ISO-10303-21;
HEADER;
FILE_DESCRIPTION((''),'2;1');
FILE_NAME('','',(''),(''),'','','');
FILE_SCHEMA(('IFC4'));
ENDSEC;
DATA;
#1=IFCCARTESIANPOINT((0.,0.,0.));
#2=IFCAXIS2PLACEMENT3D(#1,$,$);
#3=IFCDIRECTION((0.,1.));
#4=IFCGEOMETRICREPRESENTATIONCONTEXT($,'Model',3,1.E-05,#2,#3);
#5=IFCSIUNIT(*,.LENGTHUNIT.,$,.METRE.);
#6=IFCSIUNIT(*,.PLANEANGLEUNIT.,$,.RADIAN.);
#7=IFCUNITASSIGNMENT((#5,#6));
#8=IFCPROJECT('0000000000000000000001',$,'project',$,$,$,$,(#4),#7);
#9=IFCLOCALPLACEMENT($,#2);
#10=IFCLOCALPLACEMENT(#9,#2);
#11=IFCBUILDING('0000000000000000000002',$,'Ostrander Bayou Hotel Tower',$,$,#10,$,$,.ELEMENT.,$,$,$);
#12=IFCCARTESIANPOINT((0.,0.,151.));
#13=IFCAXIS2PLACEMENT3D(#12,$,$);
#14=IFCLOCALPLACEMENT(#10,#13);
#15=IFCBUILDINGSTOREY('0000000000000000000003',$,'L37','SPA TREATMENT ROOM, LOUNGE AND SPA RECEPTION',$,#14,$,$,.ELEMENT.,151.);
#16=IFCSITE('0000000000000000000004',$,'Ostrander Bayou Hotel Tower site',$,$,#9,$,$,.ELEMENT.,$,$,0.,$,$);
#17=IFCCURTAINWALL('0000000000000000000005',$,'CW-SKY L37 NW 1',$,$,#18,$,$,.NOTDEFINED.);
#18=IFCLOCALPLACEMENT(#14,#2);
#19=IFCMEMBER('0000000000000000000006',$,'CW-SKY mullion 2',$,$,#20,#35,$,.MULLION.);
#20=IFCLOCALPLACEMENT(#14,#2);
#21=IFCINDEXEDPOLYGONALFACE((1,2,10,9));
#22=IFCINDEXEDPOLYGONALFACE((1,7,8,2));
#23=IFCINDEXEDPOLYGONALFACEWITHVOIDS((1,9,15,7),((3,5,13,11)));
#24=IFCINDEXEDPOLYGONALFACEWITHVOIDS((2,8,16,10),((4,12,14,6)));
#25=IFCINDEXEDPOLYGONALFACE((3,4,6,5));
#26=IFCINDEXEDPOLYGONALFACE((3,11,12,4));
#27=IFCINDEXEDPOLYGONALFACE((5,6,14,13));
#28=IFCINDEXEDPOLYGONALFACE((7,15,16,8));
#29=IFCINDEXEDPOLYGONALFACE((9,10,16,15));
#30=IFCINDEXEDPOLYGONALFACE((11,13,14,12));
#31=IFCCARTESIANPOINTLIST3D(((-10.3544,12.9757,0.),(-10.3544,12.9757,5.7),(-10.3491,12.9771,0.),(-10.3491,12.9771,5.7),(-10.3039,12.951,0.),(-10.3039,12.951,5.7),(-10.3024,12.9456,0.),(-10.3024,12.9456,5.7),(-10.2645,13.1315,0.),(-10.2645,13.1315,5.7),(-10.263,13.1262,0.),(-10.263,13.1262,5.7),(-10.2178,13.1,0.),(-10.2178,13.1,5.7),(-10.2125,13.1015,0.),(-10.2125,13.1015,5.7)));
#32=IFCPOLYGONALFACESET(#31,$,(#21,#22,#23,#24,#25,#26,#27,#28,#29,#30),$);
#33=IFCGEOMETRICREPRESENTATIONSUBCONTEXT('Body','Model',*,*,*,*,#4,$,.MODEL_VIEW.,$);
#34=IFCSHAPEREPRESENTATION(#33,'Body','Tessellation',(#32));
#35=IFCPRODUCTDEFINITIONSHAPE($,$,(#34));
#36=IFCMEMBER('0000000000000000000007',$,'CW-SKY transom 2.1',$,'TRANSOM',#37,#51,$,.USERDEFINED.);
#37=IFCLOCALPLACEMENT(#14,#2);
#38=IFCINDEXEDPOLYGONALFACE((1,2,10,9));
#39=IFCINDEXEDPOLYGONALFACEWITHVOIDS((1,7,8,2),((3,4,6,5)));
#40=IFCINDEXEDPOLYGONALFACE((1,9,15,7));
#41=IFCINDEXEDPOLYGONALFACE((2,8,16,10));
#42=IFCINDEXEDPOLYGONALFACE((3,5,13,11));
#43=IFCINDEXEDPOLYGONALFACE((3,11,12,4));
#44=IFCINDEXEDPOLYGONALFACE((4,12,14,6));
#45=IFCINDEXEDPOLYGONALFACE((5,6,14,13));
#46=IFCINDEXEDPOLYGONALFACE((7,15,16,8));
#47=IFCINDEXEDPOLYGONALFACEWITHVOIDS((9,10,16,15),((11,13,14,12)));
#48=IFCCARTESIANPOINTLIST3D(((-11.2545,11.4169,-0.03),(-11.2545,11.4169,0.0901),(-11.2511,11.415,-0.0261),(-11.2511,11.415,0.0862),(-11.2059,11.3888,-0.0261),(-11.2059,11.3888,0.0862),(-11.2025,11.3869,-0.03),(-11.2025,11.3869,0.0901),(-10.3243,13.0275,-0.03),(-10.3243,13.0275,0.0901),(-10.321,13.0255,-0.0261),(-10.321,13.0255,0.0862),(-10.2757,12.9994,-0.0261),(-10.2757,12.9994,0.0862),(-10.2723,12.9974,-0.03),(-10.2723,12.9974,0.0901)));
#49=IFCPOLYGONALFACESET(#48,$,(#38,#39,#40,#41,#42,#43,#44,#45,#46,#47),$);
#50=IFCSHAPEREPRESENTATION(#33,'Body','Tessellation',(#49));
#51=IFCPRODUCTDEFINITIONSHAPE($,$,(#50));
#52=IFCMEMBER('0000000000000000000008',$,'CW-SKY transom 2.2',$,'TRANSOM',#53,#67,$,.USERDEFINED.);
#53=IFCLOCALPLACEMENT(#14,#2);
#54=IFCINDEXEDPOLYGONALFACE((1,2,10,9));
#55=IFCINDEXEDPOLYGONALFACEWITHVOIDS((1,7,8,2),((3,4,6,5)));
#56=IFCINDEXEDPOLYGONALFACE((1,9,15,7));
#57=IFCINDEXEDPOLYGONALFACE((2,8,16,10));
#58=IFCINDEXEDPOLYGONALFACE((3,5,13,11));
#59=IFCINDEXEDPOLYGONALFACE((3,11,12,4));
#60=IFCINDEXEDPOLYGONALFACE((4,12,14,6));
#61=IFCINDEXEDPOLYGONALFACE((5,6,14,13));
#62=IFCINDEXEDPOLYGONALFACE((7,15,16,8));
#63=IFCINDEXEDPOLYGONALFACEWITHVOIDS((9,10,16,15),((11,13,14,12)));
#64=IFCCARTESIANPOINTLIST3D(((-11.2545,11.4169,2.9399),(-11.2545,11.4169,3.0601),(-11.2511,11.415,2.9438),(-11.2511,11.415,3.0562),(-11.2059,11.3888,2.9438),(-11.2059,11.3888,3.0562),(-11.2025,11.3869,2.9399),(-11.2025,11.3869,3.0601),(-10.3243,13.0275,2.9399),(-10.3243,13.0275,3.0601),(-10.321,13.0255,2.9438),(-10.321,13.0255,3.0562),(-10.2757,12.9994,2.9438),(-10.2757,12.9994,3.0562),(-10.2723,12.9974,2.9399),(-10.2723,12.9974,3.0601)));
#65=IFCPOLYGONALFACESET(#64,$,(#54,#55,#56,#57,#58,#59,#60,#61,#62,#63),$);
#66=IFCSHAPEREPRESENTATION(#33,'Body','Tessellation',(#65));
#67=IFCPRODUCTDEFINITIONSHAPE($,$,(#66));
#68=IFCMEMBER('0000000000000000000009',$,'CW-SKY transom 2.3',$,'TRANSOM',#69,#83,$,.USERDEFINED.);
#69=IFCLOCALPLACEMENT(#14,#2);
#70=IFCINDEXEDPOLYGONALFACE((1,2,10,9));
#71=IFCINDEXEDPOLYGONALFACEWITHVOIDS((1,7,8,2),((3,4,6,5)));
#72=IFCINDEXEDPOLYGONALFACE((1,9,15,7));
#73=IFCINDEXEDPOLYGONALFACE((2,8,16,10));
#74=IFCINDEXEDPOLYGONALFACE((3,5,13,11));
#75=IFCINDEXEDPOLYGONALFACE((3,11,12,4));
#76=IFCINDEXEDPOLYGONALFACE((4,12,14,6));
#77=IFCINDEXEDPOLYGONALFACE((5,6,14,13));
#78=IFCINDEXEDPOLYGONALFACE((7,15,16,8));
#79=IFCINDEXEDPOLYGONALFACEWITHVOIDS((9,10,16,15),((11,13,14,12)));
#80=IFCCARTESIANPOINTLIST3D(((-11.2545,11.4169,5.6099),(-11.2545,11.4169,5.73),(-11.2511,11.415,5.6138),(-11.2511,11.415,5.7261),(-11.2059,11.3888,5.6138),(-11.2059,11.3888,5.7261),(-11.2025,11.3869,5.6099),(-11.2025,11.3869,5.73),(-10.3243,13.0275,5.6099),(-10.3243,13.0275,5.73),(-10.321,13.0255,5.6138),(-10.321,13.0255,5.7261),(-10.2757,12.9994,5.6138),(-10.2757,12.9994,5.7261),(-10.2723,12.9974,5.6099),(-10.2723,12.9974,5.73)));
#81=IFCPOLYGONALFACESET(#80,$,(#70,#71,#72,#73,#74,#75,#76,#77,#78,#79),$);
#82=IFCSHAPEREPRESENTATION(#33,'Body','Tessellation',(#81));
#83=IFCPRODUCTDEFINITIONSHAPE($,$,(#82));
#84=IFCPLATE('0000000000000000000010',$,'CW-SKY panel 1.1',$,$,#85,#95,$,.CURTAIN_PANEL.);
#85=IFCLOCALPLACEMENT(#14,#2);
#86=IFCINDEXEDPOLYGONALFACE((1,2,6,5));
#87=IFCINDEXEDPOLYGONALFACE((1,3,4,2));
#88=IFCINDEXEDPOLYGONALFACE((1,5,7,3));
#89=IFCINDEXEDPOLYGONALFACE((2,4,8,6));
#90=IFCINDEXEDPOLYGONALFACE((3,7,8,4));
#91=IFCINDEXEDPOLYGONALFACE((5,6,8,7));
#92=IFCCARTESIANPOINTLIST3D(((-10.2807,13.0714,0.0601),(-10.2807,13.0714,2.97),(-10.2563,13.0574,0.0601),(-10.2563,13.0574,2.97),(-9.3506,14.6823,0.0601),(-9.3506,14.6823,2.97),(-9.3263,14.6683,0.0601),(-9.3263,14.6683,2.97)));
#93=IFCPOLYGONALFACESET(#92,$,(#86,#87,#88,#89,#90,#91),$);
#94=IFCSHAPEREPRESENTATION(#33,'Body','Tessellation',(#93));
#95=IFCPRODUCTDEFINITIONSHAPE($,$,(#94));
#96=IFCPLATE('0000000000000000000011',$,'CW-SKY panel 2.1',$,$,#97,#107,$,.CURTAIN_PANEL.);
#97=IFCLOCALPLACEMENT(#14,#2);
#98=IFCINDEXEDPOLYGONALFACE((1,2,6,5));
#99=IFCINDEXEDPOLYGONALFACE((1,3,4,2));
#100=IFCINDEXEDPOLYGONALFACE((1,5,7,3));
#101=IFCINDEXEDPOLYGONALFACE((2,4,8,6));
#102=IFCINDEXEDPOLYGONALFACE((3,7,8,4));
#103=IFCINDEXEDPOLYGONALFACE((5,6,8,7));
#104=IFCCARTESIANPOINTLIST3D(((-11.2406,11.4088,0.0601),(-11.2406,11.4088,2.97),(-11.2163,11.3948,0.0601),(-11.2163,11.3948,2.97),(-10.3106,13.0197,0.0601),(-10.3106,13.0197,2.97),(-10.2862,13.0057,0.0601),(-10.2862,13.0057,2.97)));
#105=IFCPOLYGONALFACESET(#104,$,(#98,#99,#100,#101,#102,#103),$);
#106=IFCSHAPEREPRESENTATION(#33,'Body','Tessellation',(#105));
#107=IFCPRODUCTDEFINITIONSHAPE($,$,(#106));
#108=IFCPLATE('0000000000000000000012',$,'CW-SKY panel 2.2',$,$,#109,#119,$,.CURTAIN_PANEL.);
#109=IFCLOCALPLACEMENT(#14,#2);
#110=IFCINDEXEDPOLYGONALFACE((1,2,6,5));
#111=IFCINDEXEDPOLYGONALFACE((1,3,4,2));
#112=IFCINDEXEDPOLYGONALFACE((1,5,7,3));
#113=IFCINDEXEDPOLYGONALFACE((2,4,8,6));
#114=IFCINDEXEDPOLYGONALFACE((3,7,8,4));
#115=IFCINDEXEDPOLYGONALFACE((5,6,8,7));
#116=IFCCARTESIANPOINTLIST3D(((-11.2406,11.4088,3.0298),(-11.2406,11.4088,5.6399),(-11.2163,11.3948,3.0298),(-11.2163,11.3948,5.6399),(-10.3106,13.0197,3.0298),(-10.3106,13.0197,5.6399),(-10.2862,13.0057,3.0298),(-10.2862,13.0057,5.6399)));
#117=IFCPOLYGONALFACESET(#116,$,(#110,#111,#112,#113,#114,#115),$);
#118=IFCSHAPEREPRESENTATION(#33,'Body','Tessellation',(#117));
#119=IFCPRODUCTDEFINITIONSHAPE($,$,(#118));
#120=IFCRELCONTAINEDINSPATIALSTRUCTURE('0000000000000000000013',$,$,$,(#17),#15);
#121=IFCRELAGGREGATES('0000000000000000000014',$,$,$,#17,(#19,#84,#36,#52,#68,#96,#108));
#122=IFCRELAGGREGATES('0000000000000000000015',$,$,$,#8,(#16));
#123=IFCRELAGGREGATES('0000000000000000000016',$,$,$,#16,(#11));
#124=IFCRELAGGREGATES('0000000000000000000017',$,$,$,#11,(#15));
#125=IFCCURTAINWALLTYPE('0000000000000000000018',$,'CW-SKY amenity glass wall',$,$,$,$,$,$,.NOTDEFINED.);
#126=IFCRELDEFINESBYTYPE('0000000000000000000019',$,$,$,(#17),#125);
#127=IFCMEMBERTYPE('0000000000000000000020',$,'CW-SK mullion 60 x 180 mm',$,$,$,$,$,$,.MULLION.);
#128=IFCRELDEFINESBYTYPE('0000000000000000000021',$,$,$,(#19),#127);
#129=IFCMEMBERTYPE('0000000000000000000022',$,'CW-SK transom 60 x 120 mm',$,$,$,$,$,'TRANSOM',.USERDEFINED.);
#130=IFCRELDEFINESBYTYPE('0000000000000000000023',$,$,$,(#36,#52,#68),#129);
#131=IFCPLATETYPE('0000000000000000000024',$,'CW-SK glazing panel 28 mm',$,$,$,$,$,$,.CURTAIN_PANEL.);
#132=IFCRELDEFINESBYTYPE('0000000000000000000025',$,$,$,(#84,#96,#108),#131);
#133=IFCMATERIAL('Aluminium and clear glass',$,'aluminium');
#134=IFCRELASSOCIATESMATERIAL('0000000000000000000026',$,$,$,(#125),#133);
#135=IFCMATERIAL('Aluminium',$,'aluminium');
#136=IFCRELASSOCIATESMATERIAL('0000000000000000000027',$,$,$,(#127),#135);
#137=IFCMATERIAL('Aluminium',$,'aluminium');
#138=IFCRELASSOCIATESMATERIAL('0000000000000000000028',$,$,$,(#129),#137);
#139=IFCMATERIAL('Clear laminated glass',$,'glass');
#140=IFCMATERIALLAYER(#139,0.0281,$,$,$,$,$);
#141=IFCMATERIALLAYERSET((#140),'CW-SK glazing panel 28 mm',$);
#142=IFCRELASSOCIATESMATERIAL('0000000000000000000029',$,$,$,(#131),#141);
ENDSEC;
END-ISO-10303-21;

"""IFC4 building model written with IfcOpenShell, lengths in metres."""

from ifc_helpers import new_model, si_unit, direction, frame, origin, origin_2d, place, context, subcontext, project, spatial, rectangle, hollow_rectangle, extrude, material, layer, layer_set, material_profile, profile_set, type_object, element, aggregate, save


model = new_model("IFC4")

# Units and contexts
model_context = context("Model", 3, precision=1e-05, world=origin(), true_north=direction((0.0, 1.0)))
body_context = subcontext(model_context, "Body", "Model", "MODEL_VIEW")
ifc_project = project(units=[si_unit("LENGTHUNIT", "METRE"), si_unit("PLANEANGLEUNIT", "RADIAN")], contexts=[model_context])

# Site, building, storey
site_placement = place(None, origin())
site = spatial("IfcSite", under=ifc_project, at=site_placement, Name="Ostrander Bayou Hotel Tower site", CompositionType="ELEMENT", RefElevation=0.0)
building_placement = place(site_placement, origin())
building = spatial("IfcBuilding", under=site, at=building_placement, Name="Ostrander Bayou Hotel Tower", CompositionType="ELEMENT")
storey_placement = place(building_placement, frame((0.0, 0.0, 151.0)))
storey = spatial("IfcBuildingStorey", under=building, at=storey_placement, Name="L37", Description="SPA TREATMENT ROOM, LOUNGE AND SPA RECEPTION", CompositionType="ELEMENT", Elevation=151.0)

# Curtain wall, members, plates
ifc_material_1 = material(Name="Aluminium and clear glass", Category="aluminium")
curtain_wall_type = type_object("IfcCurtainWallType", Name="CW-SKY amenity glass wall", PredefinedType="NOTDEFINED", material=ifc_material_1)
curtain_wall_placement = place(storey_placement, origin())
curtain_wall = element("IfcCurtainWall", 1, at=curtain_wall_placement, inside=storey, type_object=curtain_wall_type, Name="CW-SKY L37 NW 1", PredefinedType="NOTDEFINED")
ifc_material_2 = material(Name="Aluminium", Category="aluminium")
ifc_material_profile_1 = material_profile(ifc_material_2, hollow_rectangle(XDim=0.0601, YDim=0.1799, WallThickness=0.0039, at=origin_2d()))
ifc_profile_set_1 = profile_set([ifc_material_profile_1], Name="Aluminium")
member_type_1 = type_object("IfcMemberType", Name="CW-SK mullion 60 x 180 mm", PredefinedType="MULLION", material=ifc_profile_set_1)
member_1_placement = place(storey_placement, frame((-10.2834, 13.0386, 0.0), z_axis=(0.0, 0.0, 1.0), x_axis=(0.866025, -0.5, 0.0)))
member_1 = element("IfcMember", 2, at=member_1_placement, type_object=member_type_1, Name="CW-SKY mullion 2", PredefinedType="MULLION", context=body_context, shape_type="SweptSolid", body=[
    extrude(hollow_rectangle(XDim=0.0601, YDim=0.1799, WallThickness=0.0039, at=origin_2d()), origin(), (0.0, 0.0, 1.0), 5.7),
])
ifc_material_3 = material(Name="Aluminium", Category="aluminium")
ifc_material_profile_2 = material_profile(ifc_material_3, hollow_rectangle(XDim=0.0601, YDim=0.1201, WallThickness=0.0039, at=origin_2d()))
ifc_profile_set_2 = profile_set([ifc_material_profile_2], Name="Aluminium")
member_type_2 = type_object("IfcMemberType", Name="CW-SK transom 60 x 120 mm", ElementType="TRANSOM", PredefinedType="USERDEFINED", material=ifc_profile_set_2)
member_2_placement = place(storey_placement, frame((-10.2983, 13.0125, 0.03), z_axis=(-0.50012, -0.865956, 0.0), x_axis=(0.865956, -0.50012, 0.0)))
member_2 = element("IfcMember", 3, at=member_2_placement, type_object=member_type_2, Name="CW-SKY transom 2.1", ObjectType="TRANSOM", PredefinedType="USERDEFINED", context=body_context, shape_type="SweptSolid", body=[
    extrude(hollow_rectangle(XDim=0.0601, YDim=0.1201, WallThickness=0.0039, at=origin_2d()), origin(), (0.0, 0.0, 1.0), 1.8599),
])
member_3_placement = place(storey_placement, frame((-10.2983, 13.0125, 3.0), z_axis=(-0.50012, -0.865956, 0.0), x_axis=(0.865956, -0.50012, 0.0)))
member_3 = element("IfcMember", 4, at=member_3_placement, type_object=member_type_2, Name="CW-SKY transom 2.2", ObjectType="TRANSOM", PredefinedType="USERDEFINED", context=body_context, shape_type="SweptSolid", body=[
    extrude(hollow_rectangle(XDim=0.0601, YDim=0.1201, WallThickness=0.0039, at=origin_2d()), origin(), (0.0, 0.0, 1.0), 1.8599),
])
member_4_placement = place(storey_placement, frame((-10.2983, 13.0125, 5.6699), z_axis=(-0.50012, -0.865956, 0.0), x_axis=(0.865956, -0.50012, 0.0)))
member_4 = element("IfcMember", 5, at=member_4_placement, type_object=member_type_2, Name="CW-SKY transom 2.3", ObjectType="TRANSOM", PredefinedType="USERDEFINED", context=body_context, shape_type="SweptSolid", body=[
    extrude(hollow_rectangle(XDim=0.0601, YDim=0.1201, WallThickness=0.0039, at=origin_2d()), origin(), (0.0, 0.0, 1.0), 1.8599),
])
ifc_material_4 = material(Name="Clear laminated glass", Category="glass")
ifc_layer_1 = layer(ifc_material_4, 0.0281)
ifc_layer_set_1 = layer_set([ifc_layer_1], Name="CW-SK glazing panel 28 mm")
plate_type = type_object("IfcPlateType", Name="CW-SK glazing panel 28 mm", PredefinedType="CURTAIN_PANEL", material=ifc_layer_set_1)
plate_1_placement = place(storey_placement, frame((-9.8035, 13.8699, 0.0601), z_axis=(0.0, 0.0, 1.0), x_axis=(-0.5, -0.866025, 0.0)))
plate_1 = element("IfcPlate", 6, at=plate_1_placement, type_object=plate_type, Name="CW-SKY panel 1.1", PredefinedType="CURTAIN_PANEL", context=body_context, shape_type="SweptSolid", body=[
    extrude(rectangle(XDim=1.8601, YDim=0.0281, at=origin_2d()), origin(), (0.0, 0.0, 1.0), 2.9099),
])
plate_2_placement = place(storey_placement, frame((-10.7634, 12.2073, 0.0601), z_axis=(0.0, 0.0, 1.0), x_axis=(-0.5, -0.866025, 0.0)))
plate_2 = element("IfcPlate", 7, at=plate_2_placement, type_object=plate_type, Name="CW-SKY panel 2.1", PredefinedType="CURTAIN_PANEL", context=body_context, shape_type="SweptSolid", body=[
    extrude(rectangle(XDim=1.8601, YDim=0.0281, at=origin_2d()), origin(), (0.0, 0.0, 1.0), 2.9099),
])
plate_3_placement = place(storey_placement, frame((-10.7634, 12.2073, 3.0298), z_axis=(0.0, 0.0, 1.0), x_axis=(-0.5, -0.866025, 0.0)))
plate_3 = element("IfcPlate", 8, at=plate_3_placement, type_object=plate_type, Name="CW-SKY panel 2.2", PredefinedType="CURTAIN_PANEL", context=body_context, shape_type="SweptSolid", body=[
    extrude(rectangle(XDim=1.8601, YDim=0.0281, at=origin_2d()), origin(), (0.0, 0.0, 1.0), 2.6101),
])
aggregate(curtain_wall, [member_1, plate_1, member_2, member_3, member_4, plate_2, plate_3])

save(model, "model.ifc")
